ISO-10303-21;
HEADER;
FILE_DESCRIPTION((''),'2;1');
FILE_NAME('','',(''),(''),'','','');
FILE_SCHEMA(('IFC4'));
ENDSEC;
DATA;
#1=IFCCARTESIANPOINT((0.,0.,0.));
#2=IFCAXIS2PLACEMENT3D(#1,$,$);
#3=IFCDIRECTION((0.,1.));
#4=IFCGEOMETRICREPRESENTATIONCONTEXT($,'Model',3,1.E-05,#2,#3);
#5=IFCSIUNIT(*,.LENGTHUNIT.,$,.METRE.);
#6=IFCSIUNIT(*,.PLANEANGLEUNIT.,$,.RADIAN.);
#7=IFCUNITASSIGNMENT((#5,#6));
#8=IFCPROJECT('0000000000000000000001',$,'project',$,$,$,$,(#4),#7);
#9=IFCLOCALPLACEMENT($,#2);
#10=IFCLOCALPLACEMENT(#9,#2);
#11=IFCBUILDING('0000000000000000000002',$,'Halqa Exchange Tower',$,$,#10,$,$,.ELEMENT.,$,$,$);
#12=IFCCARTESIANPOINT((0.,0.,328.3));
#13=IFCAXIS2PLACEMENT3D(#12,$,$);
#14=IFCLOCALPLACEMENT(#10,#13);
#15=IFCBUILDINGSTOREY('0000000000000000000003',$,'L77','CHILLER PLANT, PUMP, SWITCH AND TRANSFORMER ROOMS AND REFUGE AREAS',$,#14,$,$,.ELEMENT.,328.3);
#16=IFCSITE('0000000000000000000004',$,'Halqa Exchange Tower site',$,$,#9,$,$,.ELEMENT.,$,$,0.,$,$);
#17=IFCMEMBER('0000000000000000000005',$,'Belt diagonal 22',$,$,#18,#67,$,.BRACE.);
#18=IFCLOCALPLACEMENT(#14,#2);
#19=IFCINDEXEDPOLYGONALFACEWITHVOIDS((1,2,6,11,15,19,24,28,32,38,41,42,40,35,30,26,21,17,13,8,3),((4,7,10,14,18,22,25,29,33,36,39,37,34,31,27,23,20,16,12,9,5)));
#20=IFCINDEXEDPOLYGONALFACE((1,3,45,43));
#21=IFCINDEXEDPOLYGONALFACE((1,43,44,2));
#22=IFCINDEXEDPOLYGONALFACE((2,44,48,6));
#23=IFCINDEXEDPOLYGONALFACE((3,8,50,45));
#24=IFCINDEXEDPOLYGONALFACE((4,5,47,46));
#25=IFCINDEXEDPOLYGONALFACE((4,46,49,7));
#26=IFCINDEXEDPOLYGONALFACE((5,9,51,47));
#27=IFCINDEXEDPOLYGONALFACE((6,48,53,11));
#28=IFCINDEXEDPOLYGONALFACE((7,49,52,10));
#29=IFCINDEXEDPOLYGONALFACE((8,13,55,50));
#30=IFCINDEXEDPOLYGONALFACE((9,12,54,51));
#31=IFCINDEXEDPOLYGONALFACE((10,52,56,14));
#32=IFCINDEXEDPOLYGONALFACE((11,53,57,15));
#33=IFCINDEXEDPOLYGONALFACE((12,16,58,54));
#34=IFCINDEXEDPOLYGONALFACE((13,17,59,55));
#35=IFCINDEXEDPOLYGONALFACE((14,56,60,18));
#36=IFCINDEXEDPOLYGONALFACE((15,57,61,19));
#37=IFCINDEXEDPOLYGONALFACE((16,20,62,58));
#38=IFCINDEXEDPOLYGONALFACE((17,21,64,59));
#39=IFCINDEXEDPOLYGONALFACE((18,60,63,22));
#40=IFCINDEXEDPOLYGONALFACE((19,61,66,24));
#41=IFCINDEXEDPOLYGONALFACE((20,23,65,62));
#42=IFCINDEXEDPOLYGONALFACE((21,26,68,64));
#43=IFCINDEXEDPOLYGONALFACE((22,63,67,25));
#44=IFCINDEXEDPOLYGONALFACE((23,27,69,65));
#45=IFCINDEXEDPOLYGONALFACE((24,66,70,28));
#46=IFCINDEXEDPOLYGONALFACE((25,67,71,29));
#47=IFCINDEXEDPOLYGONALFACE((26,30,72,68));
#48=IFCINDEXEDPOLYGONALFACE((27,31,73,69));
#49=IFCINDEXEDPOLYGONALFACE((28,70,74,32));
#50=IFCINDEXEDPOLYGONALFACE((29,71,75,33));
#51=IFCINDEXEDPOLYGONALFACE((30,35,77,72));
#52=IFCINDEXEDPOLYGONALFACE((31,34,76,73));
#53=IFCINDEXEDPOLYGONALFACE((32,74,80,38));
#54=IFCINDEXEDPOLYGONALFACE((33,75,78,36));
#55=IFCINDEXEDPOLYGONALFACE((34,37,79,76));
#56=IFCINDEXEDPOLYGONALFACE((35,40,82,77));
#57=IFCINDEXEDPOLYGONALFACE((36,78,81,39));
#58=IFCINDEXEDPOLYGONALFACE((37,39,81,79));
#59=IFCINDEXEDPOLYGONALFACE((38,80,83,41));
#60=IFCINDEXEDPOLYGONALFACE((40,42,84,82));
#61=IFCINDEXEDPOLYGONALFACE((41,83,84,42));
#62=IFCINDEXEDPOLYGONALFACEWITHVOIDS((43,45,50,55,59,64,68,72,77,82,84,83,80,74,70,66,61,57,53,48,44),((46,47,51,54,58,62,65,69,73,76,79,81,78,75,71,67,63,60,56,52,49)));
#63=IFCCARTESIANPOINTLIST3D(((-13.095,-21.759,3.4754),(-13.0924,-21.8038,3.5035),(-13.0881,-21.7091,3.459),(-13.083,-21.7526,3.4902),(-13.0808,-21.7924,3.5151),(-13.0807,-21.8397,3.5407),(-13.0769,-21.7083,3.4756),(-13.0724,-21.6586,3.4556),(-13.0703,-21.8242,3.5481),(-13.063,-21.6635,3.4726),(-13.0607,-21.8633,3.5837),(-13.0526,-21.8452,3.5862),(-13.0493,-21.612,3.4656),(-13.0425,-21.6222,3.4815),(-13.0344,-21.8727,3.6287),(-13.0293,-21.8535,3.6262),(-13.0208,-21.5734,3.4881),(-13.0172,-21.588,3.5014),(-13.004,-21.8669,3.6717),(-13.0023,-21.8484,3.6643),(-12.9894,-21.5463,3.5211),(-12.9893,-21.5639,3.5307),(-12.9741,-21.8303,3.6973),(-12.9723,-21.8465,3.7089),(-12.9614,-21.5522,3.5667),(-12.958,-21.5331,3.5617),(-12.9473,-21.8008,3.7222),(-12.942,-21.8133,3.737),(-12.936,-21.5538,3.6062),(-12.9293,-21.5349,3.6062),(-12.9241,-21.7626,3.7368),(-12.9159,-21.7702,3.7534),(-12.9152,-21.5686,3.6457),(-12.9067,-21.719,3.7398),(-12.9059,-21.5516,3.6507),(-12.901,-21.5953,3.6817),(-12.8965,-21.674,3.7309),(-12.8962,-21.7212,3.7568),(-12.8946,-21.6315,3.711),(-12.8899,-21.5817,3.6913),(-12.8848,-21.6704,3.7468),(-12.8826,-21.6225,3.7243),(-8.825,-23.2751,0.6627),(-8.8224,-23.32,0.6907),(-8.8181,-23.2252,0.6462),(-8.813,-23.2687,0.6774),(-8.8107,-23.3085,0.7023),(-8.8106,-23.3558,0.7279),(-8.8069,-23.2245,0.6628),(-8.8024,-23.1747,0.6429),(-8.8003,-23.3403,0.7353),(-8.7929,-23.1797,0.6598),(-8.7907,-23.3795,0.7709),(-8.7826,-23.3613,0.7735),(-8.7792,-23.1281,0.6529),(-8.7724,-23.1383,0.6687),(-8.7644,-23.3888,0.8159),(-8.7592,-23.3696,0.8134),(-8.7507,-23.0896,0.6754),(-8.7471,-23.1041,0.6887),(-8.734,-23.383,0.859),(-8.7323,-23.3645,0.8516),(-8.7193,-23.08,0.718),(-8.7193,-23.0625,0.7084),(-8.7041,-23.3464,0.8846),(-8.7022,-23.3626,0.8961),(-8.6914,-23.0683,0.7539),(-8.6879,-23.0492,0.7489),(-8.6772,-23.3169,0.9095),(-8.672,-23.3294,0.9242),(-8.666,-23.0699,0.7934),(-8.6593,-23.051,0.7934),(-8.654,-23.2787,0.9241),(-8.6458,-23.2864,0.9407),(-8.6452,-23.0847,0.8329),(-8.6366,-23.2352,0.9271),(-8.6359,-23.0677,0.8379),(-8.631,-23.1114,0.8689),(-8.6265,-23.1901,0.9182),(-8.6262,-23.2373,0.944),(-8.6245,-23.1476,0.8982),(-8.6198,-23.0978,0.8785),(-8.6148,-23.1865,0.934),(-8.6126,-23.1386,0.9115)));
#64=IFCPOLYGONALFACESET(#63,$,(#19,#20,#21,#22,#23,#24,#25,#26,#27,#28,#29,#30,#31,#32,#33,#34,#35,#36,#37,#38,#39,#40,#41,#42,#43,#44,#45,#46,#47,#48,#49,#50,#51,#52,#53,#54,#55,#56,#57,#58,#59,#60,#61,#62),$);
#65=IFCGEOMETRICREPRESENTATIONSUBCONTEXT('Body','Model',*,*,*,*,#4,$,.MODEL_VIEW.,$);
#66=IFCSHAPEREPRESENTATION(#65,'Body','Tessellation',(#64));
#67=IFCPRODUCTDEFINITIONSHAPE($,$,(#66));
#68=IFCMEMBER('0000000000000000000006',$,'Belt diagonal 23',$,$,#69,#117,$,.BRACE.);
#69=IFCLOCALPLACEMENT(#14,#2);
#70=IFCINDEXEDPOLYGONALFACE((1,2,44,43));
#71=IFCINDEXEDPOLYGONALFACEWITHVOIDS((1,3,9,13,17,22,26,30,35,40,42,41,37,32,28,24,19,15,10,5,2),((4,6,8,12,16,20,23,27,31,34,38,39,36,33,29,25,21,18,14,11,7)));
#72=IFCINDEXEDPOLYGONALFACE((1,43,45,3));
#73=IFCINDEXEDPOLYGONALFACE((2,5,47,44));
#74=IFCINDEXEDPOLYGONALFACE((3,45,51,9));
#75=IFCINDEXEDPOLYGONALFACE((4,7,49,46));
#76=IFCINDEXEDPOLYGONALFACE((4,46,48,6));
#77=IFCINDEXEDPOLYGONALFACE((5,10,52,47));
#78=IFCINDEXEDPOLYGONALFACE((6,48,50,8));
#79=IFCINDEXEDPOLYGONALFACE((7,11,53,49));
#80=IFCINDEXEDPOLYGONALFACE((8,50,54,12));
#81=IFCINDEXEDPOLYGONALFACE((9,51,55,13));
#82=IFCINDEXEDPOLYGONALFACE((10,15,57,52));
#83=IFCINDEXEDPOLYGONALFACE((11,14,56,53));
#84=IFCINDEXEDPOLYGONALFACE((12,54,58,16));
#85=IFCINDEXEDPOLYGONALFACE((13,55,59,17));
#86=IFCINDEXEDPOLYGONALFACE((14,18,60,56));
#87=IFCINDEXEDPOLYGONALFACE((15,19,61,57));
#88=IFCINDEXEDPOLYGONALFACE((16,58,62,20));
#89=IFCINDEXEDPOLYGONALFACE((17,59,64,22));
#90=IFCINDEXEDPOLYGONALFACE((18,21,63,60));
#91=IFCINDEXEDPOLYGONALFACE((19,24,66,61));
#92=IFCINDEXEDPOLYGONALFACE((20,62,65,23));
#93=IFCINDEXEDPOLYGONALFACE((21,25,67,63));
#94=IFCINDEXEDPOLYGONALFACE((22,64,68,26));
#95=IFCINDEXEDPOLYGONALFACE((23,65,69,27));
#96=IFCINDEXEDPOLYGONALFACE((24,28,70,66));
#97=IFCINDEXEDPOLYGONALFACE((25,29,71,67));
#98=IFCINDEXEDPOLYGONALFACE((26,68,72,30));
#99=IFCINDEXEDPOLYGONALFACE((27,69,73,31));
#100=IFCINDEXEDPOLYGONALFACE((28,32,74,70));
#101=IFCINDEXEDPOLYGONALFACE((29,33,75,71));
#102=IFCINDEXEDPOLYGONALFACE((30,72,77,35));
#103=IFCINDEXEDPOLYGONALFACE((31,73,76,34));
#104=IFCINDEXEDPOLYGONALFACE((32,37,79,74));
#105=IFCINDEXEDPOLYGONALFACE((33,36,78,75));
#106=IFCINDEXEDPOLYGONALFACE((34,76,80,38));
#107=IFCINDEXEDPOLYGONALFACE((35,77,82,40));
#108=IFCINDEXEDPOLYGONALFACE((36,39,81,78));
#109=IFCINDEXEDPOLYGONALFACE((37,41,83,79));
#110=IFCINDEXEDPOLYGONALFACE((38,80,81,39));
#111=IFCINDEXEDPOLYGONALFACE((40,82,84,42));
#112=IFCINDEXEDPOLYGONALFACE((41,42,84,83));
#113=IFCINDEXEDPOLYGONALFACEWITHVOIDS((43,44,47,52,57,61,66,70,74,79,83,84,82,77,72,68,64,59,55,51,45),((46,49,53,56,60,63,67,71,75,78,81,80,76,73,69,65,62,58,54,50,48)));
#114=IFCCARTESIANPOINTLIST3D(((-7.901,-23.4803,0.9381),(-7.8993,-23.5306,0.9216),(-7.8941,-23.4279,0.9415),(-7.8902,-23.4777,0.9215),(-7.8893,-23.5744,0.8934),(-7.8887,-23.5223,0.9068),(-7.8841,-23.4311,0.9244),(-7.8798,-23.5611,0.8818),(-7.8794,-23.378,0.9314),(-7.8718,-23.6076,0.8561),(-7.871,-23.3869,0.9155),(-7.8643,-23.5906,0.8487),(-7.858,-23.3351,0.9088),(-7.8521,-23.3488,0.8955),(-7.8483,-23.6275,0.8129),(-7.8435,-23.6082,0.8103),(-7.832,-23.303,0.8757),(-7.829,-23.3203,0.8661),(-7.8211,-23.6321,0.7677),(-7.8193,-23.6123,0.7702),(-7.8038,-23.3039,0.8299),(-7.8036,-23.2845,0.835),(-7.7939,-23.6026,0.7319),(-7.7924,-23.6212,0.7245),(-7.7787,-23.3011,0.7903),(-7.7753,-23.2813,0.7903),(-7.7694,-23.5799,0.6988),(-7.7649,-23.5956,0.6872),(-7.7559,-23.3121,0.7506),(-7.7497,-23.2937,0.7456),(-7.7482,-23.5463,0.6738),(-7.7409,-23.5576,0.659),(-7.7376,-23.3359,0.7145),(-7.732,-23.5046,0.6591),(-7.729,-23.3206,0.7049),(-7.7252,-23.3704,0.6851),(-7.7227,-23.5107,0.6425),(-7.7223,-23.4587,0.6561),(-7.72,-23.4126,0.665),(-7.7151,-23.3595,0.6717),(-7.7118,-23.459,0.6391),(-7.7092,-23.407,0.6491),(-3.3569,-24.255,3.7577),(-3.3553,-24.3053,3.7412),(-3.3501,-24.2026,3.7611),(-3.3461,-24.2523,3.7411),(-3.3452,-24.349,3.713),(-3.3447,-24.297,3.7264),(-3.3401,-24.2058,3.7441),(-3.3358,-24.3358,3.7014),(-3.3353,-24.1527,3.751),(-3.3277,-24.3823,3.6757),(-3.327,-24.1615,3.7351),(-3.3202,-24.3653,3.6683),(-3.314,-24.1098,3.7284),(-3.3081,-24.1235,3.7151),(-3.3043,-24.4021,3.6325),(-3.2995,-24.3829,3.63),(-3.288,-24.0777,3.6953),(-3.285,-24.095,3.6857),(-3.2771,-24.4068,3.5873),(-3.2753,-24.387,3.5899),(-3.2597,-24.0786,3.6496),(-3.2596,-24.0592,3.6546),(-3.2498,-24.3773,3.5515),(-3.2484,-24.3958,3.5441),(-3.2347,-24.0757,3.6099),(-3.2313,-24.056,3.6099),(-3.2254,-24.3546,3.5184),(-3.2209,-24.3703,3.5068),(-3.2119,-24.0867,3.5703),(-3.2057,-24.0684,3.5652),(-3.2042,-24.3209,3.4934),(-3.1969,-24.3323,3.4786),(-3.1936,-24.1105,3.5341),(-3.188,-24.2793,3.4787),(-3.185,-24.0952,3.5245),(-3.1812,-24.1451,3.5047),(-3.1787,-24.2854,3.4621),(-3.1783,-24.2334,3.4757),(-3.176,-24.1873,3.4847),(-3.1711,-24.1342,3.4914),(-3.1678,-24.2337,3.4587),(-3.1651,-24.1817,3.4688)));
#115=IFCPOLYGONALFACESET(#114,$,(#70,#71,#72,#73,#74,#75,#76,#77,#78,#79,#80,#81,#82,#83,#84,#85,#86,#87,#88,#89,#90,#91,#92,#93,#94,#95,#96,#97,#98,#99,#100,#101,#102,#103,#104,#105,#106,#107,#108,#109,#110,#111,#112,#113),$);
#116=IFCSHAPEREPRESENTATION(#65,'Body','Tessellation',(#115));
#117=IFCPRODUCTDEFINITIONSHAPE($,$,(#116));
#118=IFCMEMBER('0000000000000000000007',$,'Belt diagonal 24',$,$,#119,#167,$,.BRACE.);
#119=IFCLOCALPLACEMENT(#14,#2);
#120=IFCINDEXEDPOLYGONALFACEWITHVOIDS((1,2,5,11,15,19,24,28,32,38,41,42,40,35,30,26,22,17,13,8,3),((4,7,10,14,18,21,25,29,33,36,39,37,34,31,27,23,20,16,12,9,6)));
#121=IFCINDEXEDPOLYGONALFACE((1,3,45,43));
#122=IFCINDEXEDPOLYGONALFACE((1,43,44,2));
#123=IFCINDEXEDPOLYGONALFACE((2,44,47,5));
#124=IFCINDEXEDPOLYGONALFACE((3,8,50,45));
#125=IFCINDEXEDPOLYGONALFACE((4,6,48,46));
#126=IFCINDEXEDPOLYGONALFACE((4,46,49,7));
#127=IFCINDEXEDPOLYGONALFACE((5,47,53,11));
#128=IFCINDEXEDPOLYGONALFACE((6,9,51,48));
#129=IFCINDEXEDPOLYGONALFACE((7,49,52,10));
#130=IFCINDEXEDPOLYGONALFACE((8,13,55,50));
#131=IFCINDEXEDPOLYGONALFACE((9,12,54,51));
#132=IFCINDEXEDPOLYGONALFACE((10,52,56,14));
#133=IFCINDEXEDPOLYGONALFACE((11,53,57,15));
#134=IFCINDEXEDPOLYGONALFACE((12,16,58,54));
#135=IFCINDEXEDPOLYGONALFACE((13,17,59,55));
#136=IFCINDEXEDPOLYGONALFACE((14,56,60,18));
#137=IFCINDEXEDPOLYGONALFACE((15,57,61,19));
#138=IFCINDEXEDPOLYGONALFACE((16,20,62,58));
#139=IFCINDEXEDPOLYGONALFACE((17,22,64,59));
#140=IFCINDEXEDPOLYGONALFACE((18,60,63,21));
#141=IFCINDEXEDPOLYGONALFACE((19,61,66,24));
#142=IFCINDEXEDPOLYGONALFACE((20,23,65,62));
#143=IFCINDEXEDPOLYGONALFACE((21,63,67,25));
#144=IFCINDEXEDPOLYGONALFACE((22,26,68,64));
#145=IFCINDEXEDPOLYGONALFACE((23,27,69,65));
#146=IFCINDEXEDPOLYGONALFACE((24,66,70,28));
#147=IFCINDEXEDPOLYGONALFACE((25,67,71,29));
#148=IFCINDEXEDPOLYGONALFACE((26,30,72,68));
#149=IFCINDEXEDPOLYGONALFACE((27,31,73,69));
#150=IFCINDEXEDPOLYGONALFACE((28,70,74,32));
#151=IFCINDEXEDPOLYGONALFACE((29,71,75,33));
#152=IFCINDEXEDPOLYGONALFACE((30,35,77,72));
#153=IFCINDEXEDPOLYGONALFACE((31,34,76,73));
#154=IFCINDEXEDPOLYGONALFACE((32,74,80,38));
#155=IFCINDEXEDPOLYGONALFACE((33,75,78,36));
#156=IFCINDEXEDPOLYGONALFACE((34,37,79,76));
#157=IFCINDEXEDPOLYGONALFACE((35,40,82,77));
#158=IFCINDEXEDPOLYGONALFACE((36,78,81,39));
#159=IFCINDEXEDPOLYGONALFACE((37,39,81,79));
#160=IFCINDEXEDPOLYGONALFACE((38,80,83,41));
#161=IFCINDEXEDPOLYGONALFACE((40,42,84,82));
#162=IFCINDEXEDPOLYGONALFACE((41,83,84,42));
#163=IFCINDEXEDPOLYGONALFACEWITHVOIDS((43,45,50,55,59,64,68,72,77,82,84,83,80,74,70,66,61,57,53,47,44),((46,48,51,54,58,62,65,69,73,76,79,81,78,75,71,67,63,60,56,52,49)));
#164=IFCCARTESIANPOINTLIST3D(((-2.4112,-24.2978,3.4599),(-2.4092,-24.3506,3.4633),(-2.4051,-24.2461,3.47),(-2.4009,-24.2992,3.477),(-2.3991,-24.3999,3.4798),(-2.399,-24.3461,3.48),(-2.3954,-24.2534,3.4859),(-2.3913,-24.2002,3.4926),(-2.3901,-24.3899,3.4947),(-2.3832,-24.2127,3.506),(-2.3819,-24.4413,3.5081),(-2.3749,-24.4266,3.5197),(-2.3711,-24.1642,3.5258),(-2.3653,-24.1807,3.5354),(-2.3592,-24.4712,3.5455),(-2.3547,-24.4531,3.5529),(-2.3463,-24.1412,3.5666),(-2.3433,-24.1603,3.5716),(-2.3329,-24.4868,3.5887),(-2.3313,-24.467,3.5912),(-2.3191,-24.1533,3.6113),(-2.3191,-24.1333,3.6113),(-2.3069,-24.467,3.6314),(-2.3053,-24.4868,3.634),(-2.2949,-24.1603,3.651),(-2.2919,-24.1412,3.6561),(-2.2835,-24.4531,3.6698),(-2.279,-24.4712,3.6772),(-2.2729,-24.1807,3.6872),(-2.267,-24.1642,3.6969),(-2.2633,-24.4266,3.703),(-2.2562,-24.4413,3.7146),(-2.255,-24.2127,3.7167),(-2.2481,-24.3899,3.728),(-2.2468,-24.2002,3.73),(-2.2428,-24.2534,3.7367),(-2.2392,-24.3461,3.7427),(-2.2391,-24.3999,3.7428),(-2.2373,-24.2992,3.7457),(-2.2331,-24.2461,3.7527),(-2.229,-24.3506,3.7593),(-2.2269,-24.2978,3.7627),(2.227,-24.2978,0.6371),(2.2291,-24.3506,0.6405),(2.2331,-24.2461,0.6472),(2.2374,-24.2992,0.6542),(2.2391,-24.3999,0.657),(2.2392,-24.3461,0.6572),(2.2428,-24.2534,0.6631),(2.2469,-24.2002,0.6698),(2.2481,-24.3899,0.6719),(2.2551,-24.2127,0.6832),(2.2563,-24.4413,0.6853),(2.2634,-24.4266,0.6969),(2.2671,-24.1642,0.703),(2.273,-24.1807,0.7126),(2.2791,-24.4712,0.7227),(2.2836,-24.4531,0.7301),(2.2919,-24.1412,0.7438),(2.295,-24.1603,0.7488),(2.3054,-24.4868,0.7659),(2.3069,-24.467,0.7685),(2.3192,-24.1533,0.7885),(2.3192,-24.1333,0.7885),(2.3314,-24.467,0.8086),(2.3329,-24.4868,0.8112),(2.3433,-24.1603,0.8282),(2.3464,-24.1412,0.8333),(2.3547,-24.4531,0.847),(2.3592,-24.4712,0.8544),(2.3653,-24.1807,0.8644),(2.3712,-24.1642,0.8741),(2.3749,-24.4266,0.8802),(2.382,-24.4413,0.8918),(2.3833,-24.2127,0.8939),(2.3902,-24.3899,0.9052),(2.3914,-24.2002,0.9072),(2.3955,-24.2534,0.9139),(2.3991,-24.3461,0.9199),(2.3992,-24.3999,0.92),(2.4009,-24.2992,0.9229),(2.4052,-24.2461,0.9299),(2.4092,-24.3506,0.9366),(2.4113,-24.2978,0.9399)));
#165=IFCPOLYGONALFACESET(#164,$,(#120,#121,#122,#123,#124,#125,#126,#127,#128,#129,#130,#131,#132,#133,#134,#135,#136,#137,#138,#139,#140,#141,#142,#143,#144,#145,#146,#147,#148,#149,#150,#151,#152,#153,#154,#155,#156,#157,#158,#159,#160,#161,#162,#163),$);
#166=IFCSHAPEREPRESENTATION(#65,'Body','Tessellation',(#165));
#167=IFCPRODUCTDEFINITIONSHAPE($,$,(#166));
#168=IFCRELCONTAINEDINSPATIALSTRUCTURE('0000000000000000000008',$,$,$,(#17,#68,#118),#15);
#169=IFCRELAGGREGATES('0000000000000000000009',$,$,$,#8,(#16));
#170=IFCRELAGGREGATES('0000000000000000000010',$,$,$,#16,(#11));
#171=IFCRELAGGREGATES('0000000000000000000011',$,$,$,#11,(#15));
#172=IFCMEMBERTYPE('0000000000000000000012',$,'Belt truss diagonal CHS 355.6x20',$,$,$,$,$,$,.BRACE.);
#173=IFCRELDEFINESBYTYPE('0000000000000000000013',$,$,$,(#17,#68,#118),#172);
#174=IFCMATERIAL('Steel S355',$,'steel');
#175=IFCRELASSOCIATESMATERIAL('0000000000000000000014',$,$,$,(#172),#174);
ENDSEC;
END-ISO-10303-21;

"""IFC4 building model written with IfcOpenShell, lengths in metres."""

from ifc_helpers import new_model, si_unit, direction, frame, origin, origin_2d, place, context, subcontext, project, spatial, hollow_circle, extrude, material, material_profile, profile_set, type_object, element, save


model = new_model("IFC4")

# Units and contexts
model_context = context("Model", 3, precision=1e-05, world=origin(), true_north=direction((0.0, 1.0)))
body_context = subcontext(model_context, "Body", "Model", "MODEL_VIEW")
ifc_project = project(units=[si_unit("LENGTHUNIT", "METRE"), si_unit("PLANEANGLEUNIT", "RADIAN")], contexts=[model_context])

# Site, building, storey
site_placement = place(None, origin())
site = spatial("IfcSite", under=ifc_project, at=site_placement, Name="Halqa Exchange Tower site", CompositionType="ELEMENT", RefElevation=0.0)
building_placement = place(site_placement, origin())
building = spatial("IfcBuilding", under=site, at=building_placement, Name="Halqa Exchange Tower", CompositionType="ELEMENT")
storey_placement = place(building_placement, frame((0.0, 0.0, 328.3)))
storey = spatial("IfcBuildingStorey", under=building, at=storey_placement, Name="L77", Description="CHILLER PLANT, PUMP, SWITCH AND TRANSFORMER ROOMS AND REFUGE AREAS", CompositionType="ELEMENT", Elevation=328.3)

# Members
ifc_material_1 = material(Name="Steel S355", Category="steel")
ifc_material_profile_1 = material_profile(ifc_material_1, hollow_circle(Radius=0.1777, WallThickness=0.02, at=origin_2d()), Name="CHS 355.6x20")
ifc_profile_set_1 = profile_set([ifc_material_profile_1], Name="Steel S355")
member_type_1 = type_object("IfcMemberType", Name="Belt truss diagonal CHS 355.6x20", PredefinedType="BRACE", material=ifc_profile_set_1)
member_1_placement = place(storey_placement, frame((-12.9888, -21.7024, 3.6062), z_axis=(0.800646, -0.284277, -0.527401), x_axis=(0.334595, 0.942362, 0.0)))
element("IfcMember", 1, at=member_1_placement, inside=storey, type_object=member_type_1, Name="Belt diagonal 22", PredefinedType="BRACE", context=body_context, shape_type="SweptSolid", body=[
    extrude(hollow_circle(Radius=0.1777, WallThickness=0.02, at=origin_2d()), origin(), (0.0, 0.0, 1.0), 5.3333),
])
member_2_placement = place(storey_placement, frame((-7.8052, -23.4565, 0.7903), z_axis=(0.84093, -0.143363, 0.521808), x_axis=(0.168057, 0.985777, 0.0)))
element("IfcMember", 2, at=member_2_placement, inside=storey, type_object=member_type_1, Name="Belt diagonal 23", PredefinedType="BRACE", context=body_context, shape_type="SweptSolid", body=[
    extrude(hollow_circle(Radius=0.1777, WallThickness=0.02, at=origin_2d()), origin(), (0.0, 0.0, 1.0), 5.4036),
])
member_3_placement = place(storey_placement, frame((-2.3191, -24.311, 3.6113), z_axis=(0.854238, 0.0, -0.519881), x_axis=(0.0, 1.0, 0.0)))
element("IfcMember", 3, at=member_3_placement, inside=storey, type_object=member_type_1, Name="Belt diagonal 24", PredefinedType="BRACE", context=body_context, shape_type="SweptSolid", body=[
    extrude(hollow_circle(Radius=0.1777, WallThickness=0.02, at=origin_2d()), origin(), (0.0, 0.0, 1.0), 5.4297),
])

save(model, "model.ifc")
